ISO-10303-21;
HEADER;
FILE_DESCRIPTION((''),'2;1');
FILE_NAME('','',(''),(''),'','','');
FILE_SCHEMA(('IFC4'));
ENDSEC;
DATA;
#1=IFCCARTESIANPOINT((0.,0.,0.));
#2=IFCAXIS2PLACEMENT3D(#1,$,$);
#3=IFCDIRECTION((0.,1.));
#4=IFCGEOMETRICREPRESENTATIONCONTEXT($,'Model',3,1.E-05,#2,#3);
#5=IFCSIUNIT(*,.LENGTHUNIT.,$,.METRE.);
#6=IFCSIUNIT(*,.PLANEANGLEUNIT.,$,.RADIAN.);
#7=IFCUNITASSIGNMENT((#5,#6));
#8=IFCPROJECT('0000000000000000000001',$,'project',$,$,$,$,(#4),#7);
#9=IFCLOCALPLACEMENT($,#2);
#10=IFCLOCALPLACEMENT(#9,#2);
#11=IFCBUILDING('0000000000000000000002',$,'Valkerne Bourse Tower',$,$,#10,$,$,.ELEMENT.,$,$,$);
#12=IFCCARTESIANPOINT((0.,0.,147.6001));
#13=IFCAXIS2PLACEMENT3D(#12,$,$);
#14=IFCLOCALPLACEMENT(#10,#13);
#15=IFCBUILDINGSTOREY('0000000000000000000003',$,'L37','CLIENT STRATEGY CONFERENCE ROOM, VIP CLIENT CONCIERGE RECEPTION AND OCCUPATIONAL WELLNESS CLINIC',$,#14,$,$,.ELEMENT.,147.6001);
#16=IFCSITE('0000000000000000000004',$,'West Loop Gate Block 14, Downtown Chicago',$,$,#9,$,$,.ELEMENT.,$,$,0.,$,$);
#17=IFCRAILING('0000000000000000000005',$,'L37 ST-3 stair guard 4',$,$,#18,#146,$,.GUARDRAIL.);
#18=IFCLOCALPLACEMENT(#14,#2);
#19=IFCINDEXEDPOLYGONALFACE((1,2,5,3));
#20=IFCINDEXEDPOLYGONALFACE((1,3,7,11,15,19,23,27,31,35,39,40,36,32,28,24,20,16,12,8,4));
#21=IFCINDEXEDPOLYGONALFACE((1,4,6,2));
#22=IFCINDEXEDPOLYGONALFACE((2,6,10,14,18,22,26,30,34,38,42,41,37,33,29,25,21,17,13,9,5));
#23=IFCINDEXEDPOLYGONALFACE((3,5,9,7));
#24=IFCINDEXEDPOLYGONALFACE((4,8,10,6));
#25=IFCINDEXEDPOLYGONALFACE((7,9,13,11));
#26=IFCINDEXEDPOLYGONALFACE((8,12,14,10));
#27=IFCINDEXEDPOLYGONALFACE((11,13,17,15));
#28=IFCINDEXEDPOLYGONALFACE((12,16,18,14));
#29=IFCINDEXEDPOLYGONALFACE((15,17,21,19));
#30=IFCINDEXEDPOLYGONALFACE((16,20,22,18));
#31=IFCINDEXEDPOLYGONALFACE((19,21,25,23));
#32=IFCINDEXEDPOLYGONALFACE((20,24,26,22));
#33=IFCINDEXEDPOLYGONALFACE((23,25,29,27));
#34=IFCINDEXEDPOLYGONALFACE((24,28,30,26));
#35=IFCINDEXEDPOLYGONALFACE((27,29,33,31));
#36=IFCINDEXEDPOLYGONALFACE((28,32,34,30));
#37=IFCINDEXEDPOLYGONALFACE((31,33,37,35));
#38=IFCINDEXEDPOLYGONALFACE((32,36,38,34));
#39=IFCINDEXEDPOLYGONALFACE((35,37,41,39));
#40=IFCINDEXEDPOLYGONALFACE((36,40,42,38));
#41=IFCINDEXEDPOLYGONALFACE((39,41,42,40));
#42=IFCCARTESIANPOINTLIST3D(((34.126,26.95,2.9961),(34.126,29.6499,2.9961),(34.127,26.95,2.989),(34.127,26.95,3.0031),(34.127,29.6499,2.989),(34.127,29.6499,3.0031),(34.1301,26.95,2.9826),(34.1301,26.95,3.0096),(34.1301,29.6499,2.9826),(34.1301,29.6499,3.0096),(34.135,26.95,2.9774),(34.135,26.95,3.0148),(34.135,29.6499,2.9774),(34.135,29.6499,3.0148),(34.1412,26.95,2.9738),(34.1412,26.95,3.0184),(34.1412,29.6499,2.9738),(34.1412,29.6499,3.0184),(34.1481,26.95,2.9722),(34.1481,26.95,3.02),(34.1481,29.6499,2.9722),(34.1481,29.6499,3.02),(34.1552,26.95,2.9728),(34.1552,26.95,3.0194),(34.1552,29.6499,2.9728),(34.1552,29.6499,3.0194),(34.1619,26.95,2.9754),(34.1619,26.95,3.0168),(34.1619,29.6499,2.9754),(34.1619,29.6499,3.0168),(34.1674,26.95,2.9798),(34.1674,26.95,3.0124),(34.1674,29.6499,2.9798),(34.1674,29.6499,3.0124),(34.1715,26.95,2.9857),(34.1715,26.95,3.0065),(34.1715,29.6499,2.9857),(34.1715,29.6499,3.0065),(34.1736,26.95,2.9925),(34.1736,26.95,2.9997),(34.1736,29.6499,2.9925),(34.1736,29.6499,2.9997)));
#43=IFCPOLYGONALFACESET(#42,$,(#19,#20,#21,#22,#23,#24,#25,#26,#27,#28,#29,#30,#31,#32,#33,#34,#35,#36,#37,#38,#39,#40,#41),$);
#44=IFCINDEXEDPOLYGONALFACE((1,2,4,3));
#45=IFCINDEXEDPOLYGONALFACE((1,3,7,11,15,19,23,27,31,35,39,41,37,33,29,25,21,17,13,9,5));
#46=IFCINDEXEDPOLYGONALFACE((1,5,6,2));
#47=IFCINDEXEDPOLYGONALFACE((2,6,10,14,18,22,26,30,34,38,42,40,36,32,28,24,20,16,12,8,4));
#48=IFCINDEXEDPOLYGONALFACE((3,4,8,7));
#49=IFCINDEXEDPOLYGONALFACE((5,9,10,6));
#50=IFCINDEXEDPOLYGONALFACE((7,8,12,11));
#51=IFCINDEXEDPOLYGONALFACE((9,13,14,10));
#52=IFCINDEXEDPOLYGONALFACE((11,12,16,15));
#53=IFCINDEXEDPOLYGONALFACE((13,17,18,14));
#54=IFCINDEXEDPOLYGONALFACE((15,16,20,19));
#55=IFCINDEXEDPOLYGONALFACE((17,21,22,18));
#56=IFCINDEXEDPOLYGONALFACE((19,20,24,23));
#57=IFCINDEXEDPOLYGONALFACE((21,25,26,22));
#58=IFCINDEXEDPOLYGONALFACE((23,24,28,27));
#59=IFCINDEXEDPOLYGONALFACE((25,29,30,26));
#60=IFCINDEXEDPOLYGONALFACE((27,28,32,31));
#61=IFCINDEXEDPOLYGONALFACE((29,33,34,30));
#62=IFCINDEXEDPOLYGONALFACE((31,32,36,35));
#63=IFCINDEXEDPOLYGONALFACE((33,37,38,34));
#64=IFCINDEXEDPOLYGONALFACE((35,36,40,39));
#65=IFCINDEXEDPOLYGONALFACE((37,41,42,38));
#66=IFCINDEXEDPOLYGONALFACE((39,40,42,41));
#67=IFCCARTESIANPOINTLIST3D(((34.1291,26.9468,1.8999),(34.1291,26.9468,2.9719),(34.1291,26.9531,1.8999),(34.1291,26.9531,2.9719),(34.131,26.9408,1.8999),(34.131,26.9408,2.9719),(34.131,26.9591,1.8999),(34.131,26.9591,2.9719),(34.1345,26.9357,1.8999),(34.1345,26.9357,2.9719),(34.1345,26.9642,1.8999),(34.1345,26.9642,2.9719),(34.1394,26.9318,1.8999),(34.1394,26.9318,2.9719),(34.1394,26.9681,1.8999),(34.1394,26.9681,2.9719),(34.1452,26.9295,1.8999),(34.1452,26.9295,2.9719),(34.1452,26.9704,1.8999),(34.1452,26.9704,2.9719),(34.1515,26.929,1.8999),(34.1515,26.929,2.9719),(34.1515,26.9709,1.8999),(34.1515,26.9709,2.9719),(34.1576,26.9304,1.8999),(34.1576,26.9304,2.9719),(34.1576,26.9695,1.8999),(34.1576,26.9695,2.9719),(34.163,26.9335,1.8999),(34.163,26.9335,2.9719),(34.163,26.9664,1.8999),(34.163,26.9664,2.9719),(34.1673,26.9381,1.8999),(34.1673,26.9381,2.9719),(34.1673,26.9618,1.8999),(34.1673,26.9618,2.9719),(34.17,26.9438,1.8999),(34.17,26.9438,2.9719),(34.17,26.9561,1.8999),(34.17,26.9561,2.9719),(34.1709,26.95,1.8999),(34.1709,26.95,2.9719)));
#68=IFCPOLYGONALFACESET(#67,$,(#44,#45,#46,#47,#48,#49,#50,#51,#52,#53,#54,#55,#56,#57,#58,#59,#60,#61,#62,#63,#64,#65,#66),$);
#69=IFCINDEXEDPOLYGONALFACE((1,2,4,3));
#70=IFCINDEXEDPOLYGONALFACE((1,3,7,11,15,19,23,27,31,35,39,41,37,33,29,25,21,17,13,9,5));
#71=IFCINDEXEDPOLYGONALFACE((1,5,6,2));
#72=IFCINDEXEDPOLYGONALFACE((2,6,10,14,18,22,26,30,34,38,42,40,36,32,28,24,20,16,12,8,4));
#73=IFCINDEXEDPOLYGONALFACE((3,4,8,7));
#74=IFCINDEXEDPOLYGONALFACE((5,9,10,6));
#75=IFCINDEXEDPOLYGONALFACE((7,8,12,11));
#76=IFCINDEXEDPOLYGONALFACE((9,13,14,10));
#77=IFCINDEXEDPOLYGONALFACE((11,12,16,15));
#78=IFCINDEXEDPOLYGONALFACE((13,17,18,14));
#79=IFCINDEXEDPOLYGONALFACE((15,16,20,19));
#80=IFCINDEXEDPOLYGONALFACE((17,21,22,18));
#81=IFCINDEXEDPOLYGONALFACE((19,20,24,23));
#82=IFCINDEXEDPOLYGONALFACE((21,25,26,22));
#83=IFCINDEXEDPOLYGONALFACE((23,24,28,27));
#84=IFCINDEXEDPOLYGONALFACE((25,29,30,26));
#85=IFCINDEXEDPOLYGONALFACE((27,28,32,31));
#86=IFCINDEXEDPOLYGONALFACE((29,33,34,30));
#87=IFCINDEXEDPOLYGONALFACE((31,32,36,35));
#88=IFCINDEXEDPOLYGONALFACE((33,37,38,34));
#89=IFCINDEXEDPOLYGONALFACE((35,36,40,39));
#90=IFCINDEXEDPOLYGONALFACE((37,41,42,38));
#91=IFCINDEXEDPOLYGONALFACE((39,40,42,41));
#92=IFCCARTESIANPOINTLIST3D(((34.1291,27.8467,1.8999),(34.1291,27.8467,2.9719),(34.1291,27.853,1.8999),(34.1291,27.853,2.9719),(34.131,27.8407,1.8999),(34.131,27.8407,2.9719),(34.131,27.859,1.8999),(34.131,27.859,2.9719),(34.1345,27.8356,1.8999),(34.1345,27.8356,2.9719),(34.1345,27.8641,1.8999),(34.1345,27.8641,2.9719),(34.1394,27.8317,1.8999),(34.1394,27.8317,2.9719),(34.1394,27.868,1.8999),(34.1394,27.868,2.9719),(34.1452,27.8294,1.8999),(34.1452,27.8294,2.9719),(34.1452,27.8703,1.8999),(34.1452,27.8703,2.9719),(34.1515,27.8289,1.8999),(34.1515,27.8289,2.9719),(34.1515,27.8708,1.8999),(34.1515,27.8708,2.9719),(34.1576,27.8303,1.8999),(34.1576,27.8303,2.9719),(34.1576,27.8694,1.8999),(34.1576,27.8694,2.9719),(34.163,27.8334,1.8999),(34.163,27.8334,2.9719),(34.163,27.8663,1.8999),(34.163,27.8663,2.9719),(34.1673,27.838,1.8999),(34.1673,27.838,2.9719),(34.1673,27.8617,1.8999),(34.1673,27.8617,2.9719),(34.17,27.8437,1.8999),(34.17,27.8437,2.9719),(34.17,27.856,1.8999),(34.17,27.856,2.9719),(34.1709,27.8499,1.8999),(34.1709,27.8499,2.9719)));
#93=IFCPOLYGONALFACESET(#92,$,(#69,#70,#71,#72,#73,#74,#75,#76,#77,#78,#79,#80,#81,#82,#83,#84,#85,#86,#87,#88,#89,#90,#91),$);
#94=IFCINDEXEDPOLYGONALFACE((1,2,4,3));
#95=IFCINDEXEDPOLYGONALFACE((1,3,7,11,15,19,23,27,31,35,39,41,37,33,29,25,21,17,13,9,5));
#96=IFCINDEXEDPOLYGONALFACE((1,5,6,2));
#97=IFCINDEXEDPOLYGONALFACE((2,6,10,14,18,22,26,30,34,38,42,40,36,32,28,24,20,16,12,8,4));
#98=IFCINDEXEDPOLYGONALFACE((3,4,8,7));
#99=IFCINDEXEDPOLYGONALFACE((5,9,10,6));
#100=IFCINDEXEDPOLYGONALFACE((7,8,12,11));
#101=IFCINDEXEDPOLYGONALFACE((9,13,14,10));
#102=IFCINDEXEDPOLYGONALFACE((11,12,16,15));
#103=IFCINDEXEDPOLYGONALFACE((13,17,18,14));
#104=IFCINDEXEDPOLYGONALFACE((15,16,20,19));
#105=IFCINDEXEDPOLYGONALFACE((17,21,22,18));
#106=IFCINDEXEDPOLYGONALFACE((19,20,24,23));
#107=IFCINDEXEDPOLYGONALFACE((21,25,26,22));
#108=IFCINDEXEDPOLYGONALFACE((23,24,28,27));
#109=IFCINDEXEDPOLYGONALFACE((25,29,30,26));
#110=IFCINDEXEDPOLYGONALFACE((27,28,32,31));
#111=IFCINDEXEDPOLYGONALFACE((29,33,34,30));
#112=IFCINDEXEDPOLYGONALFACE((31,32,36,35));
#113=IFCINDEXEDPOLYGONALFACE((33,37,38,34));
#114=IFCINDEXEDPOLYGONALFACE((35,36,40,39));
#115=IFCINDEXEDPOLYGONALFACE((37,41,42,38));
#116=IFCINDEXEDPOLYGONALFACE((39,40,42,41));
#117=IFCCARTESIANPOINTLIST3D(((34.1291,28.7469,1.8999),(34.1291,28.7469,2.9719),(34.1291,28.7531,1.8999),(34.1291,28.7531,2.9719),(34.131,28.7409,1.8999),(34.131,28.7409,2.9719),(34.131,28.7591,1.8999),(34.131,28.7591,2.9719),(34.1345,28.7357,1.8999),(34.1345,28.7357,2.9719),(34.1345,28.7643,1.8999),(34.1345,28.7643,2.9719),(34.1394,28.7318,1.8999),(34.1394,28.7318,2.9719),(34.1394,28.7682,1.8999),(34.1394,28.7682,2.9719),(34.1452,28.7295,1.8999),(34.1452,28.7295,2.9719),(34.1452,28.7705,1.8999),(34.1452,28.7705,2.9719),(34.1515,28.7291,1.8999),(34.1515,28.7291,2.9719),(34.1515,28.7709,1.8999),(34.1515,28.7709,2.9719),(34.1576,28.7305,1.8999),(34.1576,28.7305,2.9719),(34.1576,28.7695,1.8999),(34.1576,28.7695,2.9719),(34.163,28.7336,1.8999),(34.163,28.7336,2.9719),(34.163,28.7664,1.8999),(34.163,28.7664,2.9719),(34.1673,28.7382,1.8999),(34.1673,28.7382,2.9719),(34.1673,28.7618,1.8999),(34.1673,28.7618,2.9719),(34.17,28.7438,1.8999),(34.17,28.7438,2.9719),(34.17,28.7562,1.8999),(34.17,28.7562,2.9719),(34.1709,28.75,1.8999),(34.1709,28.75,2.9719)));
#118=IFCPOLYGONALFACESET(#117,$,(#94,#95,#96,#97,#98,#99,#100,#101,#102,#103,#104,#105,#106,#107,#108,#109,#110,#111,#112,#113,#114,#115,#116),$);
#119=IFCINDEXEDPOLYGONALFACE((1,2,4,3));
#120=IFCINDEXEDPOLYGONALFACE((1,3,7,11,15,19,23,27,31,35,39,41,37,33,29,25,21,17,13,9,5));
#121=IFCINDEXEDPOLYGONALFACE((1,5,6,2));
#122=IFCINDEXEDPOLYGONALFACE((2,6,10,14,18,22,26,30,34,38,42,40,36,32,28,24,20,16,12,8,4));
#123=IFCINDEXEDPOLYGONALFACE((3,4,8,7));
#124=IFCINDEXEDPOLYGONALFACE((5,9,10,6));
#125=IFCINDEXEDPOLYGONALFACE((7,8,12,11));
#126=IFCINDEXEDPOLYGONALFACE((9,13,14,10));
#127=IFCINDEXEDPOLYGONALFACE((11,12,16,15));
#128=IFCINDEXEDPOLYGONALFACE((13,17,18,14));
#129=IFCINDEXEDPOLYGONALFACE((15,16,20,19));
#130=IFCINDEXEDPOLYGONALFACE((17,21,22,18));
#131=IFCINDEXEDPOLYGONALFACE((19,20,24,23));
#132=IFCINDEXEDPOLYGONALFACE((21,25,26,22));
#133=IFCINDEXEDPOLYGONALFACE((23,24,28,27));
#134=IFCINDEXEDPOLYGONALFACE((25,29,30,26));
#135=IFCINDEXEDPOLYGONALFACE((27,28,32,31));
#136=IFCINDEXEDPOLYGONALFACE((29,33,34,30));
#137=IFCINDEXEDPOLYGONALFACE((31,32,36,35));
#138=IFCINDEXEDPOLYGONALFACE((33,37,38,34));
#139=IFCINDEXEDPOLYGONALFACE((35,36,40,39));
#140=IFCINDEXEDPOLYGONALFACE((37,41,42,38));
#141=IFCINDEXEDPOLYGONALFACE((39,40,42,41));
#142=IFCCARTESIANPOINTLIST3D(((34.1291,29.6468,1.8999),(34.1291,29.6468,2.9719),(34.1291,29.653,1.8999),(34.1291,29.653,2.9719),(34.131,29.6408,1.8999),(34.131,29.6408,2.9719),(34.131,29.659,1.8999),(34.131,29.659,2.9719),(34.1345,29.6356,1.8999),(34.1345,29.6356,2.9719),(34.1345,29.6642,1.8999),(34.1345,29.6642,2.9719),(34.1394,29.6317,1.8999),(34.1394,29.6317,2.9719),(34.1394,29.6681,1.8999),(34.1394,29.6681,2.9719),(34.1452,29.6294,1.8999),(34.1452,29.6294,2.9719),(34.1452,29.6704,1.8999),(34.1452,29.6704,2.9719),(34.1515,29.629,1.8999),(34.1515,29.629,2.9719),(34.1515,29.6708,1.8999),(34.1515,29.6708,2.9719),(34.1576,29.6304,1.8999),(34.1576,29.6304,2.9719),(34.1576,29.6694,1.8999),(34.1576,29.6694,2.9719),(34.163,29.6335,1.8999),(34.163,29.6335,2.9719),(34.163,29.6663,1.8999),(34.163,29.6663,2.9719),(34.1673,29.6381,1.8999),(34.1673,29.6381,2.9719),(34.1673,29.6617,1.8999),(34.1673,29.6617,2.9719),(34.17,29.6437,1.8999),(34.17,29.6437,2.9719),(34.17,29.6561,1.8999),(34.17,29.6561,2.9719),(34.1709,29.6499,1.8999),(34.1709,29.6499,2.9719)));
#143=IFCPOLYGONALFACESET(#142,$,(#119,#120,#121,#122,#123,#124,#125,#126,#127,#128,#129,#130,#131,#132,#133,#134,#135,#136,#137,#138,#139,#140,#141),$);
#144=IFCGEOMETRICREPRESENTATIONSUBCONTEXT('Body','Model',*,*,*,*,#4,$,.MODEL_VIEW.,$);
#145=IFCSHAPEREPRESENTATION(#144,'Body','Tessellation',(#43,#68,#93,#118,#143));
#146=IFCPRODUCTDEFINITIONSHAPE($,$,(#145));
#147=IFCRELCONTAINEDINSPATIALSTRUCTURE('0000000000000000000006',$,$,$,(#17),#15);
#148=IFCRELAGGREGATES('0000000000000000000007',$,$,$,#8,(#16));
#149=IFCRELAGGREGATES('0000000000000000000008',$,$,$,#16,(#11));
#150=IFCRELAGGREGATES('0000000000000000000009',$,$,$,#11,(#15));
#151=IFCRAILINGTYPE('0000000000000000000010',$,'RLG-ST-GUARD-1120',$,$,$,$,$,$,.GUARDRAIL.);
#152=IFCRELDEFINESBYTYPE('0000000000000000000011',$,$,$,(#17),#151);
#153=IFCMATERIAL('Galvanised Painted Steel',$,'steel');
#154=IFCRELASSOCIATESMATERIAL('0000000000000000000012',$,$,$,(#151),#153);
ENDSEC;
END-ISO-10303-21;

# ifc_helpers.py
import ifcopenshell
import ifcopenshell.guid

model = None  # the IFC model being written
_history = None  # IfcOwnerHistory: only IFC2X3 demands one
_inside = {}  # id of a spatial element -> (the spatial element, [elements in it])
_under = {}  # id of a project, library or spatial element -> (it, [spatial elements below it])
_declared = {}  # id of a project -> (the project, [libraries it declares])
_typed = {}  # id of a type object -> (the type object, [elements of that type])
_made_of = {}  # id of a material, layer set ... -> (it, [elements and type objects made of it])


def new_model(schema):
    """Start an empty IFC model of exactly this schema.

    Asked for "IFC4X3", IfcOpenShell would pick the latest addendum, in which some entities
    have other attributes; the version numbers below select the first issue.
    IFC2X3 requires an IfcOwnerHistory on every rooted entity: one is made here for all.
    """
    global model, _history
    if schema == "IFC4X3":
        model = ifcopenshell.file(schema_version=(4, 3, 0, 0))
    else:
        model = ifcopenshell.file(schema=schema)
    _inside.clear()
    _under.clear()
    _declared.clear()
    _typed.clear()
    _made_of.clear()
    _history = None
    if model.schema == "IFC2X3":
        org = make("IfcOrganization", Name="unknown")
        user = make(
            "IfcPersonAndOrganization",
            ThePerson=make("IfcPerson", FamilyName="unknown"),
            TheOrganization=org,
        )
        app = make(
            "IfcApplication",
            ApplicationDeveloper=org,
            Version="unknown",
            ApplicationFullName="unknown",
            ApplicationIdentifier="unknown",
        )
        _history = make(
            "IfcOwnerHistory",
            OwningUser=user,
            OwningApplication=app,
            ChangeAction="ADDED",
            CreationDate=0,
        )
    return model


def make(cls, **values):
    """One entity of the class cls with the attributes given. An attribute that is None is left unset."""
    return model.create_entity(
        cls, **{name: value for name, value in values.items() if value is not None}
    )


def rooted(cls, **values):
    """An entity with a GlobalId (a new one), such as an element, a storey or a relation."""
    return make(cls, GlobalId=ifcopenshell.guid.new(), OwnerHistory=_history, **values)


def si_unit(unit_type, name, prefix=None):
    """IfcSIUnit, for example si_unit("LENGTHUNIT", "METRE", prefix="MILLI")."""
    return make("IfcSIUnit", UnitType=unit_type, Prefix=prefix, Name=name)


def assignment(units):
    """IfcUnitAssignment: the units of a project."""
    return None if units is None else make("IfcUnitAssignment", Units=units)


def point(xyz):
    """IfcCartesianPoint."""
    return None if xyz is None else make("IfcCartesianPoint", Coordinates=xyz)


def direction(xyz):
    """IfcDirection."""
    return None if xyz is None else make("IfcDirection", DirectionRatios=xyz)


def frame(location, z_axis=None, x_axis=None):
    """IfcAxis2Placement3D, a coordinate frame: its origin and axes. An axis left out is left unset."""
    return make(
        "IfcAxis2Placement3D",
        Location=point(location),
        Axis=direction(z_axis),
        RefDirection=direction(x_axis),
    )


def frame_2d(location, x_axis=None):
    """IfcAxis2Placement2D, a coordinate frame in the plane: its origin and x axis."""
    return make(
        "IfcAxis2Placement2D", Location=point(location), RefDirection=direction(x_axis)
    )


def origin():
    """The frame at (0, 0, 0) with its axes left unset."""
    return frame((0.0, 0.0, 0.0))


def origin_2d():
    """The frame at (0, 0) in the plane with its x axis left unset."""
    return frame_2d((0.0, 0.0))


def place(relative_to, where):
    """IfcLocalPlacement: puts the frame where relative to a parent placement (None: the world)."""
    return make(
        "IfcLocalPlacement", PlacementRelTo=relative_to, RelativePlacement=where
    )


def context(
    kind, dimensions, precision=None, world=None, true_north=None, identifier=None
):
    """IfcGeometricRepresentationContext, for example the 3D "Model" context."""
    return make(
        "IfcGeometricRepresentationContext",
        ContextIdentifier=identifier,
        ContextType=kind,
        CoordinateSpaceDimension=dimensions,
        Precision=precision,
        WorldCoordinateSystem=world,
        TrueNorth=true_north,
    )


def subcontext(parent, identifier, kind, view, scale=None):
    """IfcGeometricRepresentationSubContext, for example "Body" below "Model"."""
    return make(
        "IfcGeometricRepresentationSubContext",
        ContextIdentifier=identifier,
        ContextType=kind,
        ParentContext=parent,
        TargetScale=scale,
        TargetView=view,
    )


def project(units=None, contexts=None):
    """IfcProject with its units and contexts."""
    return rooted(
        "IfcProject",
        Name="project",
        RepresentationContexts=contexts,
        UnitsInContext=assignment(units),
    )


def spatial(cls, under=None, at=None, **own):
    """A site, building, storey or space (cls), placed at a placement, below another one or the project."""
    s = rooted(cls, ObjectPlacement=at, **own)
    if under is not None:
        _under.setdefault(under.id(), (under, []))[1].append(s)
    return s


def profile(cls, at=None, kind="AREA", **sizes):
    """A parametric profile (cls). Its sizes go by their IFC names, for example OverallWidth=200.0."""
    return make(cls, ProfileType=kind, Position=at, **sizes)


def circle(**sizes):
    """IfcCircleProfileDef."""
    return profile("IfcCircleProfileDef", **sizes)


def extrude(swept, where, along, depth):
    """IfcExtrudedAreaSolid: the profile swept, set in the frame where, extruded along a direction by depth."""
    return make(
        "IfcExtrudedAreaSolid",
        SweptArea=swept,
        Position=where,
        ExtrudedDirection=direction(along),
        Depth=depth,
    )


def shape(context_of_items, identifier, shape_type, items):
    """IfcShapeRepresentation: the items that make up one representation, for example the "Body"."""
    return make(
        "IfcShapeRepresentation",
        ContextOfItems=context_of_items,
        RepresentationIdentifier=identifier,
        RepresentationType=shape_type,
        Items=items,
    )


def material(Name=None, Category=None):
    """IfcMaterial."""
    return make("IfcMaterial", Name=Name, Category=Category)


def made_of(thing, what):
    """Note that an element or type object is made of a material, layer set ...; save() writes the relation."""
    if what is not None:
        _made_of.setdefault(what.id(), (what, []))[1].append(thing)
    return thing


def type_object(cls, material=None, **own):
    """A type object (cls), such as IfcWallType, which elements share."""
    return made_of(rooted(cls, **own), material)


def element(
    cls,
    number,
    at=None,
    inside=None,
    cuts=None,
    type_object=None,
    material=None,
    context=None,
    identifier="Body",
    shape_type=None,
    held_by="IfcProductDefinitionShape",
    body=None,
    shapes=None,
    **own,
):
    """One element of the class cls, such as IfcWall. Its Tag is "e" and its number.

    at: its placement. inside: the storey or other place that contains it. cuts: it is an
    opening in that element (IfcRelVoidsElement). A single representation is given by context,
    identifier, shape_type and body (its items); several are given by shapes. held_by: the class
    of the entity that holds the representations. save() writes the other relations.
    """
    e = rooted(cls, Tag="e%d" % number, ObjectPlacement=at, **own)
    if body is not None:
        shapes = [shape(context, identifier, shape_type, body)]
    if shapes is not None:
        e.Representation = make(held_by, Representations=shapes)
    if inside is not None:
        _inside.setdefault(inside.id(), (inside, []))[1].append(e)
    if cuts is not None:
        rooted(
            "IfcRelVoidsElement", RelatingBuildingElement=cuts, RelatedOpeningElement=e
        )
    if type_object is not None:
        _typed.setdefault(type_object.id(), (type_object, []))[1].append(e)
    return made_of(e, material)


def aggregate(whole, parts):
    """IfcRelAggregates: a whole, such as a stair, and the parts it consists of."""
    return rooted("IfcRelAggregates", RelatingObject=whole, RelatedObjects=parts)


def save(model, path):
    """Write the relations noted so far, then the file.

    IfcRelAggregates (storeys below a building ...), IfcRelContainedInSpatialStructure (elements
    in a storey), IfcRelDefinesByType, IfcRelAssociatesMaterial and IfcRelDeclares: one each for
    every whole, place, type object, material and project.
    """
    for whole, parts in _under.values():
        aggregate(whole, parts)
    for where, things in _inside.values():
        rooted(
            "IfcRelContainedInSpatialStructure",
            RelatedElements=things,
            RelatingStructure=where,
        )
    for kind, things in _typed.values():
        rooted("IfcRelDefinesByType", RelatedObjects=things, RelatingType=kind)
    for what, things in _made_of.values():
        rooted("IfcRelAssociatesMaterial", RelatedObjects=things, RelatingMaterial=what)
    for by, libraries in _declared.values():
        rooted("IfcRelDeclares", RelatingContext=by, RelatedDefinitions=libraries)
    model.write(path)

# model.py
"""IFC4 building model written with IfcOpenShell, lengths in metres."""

from ifc_helpers import new_model, si_unit, direction, frame, origin, origin_2d, place, context, subcontext, project, spatial, circle, extrude, material, type_object, element, save


model = new_model("IFC4")

# Units and contexts
model_context = context("Model", 3, precision=1e-05, world=origin(), true_north=direction((0.0, 1.0)))
body_context = subcontext(model_context, "Body", "Model", "MODEL_VIEW")
ifc_project = project(units=[si_unit("LENGTHUNIT", "METRE"), si_unit("PLANEANGLEUNIT", "RADIAN")], contexts=[model_context])

# Site, building, storey
site_placement = place(None, origin())
site = spatial("IfcSite", under=ifc_project, at=site_placement, Name="West Loop Gate Block 14, Downtown Chicago", CompositionType="ELEMENT", RefElevation=0.0)
building_placement = place(site_placement, origin())
building = spatial("IfcBuilding", under=site, at=building_placement, Name="Valkerne Bourse Tower", CompositionType="ELEMENT")
storey_placement = place(building_placement, frame((0.0, 0.0, 147.6001)))
storey = spatial("IfcBuildingStorey", under=building, at=storey_placement, Name="L37", Description="CLIENT STRATEGY CONFERENCE ROOM, VIP CLIENT CONCIERGE RECEPTION AND OCCUPATIONAL WELLNESS CLINIC", CompositionType="ELEMENT", Elevation=147.6001)

# Railing
ifc_material_1 = material(Name="Galvanised Painted Steel", Category="steel")
railing_type_1 = type_object("IfcRailingType", Name="RLG-ST-GUARD-1120", PredefinedType="GUARDRAIL", material=ifc_material_1)
for number, where, name in (
    (1, (34.1499, 26.95, 1.8999), "L37 ST-3 stair guard 4"),
):
    element("IfcRailing", number, at=place(storey_placement, frame(where)), inside=storey, type_object=railing_type_1, Name=name, PredefinedType="GUARDRAIL", context=body_context, shape_type="SweptSolid", body=[
        extrude(circle(Radius=0.0239, at=origin_2d()), frame((0.0, 0.0, 1.0962), z_axis=(0.0, 1.0, 0.0), x_axis=(-1.0, 0.0, 0.0)), (0.0, 0.0, 1.0), 2.7),
        extrude(circle(Radius=0.021, at=origin_2d()), origin(), (0.0, 0.0, 1.0), 1.072),
        extrude(circle(Radius=0.021, at=origin_2d()), frame((0.0, 0.8999, 0.0)), (0.0, 0.0, 1.0), 1.072),
        extrude(circle(Radius=0.021, at=origin_2d()), frame((0.0, 1.8, 0.0)), (0.0, 0.0, 1.0), 1.072),
        extrude(circle(Radius=0.021, at=origin_2d()), frame((0.0, 2.7, 0.0)), (0.0, 0.0, 1.0), 1.072),
    ])

save(model, "model.ifc")
